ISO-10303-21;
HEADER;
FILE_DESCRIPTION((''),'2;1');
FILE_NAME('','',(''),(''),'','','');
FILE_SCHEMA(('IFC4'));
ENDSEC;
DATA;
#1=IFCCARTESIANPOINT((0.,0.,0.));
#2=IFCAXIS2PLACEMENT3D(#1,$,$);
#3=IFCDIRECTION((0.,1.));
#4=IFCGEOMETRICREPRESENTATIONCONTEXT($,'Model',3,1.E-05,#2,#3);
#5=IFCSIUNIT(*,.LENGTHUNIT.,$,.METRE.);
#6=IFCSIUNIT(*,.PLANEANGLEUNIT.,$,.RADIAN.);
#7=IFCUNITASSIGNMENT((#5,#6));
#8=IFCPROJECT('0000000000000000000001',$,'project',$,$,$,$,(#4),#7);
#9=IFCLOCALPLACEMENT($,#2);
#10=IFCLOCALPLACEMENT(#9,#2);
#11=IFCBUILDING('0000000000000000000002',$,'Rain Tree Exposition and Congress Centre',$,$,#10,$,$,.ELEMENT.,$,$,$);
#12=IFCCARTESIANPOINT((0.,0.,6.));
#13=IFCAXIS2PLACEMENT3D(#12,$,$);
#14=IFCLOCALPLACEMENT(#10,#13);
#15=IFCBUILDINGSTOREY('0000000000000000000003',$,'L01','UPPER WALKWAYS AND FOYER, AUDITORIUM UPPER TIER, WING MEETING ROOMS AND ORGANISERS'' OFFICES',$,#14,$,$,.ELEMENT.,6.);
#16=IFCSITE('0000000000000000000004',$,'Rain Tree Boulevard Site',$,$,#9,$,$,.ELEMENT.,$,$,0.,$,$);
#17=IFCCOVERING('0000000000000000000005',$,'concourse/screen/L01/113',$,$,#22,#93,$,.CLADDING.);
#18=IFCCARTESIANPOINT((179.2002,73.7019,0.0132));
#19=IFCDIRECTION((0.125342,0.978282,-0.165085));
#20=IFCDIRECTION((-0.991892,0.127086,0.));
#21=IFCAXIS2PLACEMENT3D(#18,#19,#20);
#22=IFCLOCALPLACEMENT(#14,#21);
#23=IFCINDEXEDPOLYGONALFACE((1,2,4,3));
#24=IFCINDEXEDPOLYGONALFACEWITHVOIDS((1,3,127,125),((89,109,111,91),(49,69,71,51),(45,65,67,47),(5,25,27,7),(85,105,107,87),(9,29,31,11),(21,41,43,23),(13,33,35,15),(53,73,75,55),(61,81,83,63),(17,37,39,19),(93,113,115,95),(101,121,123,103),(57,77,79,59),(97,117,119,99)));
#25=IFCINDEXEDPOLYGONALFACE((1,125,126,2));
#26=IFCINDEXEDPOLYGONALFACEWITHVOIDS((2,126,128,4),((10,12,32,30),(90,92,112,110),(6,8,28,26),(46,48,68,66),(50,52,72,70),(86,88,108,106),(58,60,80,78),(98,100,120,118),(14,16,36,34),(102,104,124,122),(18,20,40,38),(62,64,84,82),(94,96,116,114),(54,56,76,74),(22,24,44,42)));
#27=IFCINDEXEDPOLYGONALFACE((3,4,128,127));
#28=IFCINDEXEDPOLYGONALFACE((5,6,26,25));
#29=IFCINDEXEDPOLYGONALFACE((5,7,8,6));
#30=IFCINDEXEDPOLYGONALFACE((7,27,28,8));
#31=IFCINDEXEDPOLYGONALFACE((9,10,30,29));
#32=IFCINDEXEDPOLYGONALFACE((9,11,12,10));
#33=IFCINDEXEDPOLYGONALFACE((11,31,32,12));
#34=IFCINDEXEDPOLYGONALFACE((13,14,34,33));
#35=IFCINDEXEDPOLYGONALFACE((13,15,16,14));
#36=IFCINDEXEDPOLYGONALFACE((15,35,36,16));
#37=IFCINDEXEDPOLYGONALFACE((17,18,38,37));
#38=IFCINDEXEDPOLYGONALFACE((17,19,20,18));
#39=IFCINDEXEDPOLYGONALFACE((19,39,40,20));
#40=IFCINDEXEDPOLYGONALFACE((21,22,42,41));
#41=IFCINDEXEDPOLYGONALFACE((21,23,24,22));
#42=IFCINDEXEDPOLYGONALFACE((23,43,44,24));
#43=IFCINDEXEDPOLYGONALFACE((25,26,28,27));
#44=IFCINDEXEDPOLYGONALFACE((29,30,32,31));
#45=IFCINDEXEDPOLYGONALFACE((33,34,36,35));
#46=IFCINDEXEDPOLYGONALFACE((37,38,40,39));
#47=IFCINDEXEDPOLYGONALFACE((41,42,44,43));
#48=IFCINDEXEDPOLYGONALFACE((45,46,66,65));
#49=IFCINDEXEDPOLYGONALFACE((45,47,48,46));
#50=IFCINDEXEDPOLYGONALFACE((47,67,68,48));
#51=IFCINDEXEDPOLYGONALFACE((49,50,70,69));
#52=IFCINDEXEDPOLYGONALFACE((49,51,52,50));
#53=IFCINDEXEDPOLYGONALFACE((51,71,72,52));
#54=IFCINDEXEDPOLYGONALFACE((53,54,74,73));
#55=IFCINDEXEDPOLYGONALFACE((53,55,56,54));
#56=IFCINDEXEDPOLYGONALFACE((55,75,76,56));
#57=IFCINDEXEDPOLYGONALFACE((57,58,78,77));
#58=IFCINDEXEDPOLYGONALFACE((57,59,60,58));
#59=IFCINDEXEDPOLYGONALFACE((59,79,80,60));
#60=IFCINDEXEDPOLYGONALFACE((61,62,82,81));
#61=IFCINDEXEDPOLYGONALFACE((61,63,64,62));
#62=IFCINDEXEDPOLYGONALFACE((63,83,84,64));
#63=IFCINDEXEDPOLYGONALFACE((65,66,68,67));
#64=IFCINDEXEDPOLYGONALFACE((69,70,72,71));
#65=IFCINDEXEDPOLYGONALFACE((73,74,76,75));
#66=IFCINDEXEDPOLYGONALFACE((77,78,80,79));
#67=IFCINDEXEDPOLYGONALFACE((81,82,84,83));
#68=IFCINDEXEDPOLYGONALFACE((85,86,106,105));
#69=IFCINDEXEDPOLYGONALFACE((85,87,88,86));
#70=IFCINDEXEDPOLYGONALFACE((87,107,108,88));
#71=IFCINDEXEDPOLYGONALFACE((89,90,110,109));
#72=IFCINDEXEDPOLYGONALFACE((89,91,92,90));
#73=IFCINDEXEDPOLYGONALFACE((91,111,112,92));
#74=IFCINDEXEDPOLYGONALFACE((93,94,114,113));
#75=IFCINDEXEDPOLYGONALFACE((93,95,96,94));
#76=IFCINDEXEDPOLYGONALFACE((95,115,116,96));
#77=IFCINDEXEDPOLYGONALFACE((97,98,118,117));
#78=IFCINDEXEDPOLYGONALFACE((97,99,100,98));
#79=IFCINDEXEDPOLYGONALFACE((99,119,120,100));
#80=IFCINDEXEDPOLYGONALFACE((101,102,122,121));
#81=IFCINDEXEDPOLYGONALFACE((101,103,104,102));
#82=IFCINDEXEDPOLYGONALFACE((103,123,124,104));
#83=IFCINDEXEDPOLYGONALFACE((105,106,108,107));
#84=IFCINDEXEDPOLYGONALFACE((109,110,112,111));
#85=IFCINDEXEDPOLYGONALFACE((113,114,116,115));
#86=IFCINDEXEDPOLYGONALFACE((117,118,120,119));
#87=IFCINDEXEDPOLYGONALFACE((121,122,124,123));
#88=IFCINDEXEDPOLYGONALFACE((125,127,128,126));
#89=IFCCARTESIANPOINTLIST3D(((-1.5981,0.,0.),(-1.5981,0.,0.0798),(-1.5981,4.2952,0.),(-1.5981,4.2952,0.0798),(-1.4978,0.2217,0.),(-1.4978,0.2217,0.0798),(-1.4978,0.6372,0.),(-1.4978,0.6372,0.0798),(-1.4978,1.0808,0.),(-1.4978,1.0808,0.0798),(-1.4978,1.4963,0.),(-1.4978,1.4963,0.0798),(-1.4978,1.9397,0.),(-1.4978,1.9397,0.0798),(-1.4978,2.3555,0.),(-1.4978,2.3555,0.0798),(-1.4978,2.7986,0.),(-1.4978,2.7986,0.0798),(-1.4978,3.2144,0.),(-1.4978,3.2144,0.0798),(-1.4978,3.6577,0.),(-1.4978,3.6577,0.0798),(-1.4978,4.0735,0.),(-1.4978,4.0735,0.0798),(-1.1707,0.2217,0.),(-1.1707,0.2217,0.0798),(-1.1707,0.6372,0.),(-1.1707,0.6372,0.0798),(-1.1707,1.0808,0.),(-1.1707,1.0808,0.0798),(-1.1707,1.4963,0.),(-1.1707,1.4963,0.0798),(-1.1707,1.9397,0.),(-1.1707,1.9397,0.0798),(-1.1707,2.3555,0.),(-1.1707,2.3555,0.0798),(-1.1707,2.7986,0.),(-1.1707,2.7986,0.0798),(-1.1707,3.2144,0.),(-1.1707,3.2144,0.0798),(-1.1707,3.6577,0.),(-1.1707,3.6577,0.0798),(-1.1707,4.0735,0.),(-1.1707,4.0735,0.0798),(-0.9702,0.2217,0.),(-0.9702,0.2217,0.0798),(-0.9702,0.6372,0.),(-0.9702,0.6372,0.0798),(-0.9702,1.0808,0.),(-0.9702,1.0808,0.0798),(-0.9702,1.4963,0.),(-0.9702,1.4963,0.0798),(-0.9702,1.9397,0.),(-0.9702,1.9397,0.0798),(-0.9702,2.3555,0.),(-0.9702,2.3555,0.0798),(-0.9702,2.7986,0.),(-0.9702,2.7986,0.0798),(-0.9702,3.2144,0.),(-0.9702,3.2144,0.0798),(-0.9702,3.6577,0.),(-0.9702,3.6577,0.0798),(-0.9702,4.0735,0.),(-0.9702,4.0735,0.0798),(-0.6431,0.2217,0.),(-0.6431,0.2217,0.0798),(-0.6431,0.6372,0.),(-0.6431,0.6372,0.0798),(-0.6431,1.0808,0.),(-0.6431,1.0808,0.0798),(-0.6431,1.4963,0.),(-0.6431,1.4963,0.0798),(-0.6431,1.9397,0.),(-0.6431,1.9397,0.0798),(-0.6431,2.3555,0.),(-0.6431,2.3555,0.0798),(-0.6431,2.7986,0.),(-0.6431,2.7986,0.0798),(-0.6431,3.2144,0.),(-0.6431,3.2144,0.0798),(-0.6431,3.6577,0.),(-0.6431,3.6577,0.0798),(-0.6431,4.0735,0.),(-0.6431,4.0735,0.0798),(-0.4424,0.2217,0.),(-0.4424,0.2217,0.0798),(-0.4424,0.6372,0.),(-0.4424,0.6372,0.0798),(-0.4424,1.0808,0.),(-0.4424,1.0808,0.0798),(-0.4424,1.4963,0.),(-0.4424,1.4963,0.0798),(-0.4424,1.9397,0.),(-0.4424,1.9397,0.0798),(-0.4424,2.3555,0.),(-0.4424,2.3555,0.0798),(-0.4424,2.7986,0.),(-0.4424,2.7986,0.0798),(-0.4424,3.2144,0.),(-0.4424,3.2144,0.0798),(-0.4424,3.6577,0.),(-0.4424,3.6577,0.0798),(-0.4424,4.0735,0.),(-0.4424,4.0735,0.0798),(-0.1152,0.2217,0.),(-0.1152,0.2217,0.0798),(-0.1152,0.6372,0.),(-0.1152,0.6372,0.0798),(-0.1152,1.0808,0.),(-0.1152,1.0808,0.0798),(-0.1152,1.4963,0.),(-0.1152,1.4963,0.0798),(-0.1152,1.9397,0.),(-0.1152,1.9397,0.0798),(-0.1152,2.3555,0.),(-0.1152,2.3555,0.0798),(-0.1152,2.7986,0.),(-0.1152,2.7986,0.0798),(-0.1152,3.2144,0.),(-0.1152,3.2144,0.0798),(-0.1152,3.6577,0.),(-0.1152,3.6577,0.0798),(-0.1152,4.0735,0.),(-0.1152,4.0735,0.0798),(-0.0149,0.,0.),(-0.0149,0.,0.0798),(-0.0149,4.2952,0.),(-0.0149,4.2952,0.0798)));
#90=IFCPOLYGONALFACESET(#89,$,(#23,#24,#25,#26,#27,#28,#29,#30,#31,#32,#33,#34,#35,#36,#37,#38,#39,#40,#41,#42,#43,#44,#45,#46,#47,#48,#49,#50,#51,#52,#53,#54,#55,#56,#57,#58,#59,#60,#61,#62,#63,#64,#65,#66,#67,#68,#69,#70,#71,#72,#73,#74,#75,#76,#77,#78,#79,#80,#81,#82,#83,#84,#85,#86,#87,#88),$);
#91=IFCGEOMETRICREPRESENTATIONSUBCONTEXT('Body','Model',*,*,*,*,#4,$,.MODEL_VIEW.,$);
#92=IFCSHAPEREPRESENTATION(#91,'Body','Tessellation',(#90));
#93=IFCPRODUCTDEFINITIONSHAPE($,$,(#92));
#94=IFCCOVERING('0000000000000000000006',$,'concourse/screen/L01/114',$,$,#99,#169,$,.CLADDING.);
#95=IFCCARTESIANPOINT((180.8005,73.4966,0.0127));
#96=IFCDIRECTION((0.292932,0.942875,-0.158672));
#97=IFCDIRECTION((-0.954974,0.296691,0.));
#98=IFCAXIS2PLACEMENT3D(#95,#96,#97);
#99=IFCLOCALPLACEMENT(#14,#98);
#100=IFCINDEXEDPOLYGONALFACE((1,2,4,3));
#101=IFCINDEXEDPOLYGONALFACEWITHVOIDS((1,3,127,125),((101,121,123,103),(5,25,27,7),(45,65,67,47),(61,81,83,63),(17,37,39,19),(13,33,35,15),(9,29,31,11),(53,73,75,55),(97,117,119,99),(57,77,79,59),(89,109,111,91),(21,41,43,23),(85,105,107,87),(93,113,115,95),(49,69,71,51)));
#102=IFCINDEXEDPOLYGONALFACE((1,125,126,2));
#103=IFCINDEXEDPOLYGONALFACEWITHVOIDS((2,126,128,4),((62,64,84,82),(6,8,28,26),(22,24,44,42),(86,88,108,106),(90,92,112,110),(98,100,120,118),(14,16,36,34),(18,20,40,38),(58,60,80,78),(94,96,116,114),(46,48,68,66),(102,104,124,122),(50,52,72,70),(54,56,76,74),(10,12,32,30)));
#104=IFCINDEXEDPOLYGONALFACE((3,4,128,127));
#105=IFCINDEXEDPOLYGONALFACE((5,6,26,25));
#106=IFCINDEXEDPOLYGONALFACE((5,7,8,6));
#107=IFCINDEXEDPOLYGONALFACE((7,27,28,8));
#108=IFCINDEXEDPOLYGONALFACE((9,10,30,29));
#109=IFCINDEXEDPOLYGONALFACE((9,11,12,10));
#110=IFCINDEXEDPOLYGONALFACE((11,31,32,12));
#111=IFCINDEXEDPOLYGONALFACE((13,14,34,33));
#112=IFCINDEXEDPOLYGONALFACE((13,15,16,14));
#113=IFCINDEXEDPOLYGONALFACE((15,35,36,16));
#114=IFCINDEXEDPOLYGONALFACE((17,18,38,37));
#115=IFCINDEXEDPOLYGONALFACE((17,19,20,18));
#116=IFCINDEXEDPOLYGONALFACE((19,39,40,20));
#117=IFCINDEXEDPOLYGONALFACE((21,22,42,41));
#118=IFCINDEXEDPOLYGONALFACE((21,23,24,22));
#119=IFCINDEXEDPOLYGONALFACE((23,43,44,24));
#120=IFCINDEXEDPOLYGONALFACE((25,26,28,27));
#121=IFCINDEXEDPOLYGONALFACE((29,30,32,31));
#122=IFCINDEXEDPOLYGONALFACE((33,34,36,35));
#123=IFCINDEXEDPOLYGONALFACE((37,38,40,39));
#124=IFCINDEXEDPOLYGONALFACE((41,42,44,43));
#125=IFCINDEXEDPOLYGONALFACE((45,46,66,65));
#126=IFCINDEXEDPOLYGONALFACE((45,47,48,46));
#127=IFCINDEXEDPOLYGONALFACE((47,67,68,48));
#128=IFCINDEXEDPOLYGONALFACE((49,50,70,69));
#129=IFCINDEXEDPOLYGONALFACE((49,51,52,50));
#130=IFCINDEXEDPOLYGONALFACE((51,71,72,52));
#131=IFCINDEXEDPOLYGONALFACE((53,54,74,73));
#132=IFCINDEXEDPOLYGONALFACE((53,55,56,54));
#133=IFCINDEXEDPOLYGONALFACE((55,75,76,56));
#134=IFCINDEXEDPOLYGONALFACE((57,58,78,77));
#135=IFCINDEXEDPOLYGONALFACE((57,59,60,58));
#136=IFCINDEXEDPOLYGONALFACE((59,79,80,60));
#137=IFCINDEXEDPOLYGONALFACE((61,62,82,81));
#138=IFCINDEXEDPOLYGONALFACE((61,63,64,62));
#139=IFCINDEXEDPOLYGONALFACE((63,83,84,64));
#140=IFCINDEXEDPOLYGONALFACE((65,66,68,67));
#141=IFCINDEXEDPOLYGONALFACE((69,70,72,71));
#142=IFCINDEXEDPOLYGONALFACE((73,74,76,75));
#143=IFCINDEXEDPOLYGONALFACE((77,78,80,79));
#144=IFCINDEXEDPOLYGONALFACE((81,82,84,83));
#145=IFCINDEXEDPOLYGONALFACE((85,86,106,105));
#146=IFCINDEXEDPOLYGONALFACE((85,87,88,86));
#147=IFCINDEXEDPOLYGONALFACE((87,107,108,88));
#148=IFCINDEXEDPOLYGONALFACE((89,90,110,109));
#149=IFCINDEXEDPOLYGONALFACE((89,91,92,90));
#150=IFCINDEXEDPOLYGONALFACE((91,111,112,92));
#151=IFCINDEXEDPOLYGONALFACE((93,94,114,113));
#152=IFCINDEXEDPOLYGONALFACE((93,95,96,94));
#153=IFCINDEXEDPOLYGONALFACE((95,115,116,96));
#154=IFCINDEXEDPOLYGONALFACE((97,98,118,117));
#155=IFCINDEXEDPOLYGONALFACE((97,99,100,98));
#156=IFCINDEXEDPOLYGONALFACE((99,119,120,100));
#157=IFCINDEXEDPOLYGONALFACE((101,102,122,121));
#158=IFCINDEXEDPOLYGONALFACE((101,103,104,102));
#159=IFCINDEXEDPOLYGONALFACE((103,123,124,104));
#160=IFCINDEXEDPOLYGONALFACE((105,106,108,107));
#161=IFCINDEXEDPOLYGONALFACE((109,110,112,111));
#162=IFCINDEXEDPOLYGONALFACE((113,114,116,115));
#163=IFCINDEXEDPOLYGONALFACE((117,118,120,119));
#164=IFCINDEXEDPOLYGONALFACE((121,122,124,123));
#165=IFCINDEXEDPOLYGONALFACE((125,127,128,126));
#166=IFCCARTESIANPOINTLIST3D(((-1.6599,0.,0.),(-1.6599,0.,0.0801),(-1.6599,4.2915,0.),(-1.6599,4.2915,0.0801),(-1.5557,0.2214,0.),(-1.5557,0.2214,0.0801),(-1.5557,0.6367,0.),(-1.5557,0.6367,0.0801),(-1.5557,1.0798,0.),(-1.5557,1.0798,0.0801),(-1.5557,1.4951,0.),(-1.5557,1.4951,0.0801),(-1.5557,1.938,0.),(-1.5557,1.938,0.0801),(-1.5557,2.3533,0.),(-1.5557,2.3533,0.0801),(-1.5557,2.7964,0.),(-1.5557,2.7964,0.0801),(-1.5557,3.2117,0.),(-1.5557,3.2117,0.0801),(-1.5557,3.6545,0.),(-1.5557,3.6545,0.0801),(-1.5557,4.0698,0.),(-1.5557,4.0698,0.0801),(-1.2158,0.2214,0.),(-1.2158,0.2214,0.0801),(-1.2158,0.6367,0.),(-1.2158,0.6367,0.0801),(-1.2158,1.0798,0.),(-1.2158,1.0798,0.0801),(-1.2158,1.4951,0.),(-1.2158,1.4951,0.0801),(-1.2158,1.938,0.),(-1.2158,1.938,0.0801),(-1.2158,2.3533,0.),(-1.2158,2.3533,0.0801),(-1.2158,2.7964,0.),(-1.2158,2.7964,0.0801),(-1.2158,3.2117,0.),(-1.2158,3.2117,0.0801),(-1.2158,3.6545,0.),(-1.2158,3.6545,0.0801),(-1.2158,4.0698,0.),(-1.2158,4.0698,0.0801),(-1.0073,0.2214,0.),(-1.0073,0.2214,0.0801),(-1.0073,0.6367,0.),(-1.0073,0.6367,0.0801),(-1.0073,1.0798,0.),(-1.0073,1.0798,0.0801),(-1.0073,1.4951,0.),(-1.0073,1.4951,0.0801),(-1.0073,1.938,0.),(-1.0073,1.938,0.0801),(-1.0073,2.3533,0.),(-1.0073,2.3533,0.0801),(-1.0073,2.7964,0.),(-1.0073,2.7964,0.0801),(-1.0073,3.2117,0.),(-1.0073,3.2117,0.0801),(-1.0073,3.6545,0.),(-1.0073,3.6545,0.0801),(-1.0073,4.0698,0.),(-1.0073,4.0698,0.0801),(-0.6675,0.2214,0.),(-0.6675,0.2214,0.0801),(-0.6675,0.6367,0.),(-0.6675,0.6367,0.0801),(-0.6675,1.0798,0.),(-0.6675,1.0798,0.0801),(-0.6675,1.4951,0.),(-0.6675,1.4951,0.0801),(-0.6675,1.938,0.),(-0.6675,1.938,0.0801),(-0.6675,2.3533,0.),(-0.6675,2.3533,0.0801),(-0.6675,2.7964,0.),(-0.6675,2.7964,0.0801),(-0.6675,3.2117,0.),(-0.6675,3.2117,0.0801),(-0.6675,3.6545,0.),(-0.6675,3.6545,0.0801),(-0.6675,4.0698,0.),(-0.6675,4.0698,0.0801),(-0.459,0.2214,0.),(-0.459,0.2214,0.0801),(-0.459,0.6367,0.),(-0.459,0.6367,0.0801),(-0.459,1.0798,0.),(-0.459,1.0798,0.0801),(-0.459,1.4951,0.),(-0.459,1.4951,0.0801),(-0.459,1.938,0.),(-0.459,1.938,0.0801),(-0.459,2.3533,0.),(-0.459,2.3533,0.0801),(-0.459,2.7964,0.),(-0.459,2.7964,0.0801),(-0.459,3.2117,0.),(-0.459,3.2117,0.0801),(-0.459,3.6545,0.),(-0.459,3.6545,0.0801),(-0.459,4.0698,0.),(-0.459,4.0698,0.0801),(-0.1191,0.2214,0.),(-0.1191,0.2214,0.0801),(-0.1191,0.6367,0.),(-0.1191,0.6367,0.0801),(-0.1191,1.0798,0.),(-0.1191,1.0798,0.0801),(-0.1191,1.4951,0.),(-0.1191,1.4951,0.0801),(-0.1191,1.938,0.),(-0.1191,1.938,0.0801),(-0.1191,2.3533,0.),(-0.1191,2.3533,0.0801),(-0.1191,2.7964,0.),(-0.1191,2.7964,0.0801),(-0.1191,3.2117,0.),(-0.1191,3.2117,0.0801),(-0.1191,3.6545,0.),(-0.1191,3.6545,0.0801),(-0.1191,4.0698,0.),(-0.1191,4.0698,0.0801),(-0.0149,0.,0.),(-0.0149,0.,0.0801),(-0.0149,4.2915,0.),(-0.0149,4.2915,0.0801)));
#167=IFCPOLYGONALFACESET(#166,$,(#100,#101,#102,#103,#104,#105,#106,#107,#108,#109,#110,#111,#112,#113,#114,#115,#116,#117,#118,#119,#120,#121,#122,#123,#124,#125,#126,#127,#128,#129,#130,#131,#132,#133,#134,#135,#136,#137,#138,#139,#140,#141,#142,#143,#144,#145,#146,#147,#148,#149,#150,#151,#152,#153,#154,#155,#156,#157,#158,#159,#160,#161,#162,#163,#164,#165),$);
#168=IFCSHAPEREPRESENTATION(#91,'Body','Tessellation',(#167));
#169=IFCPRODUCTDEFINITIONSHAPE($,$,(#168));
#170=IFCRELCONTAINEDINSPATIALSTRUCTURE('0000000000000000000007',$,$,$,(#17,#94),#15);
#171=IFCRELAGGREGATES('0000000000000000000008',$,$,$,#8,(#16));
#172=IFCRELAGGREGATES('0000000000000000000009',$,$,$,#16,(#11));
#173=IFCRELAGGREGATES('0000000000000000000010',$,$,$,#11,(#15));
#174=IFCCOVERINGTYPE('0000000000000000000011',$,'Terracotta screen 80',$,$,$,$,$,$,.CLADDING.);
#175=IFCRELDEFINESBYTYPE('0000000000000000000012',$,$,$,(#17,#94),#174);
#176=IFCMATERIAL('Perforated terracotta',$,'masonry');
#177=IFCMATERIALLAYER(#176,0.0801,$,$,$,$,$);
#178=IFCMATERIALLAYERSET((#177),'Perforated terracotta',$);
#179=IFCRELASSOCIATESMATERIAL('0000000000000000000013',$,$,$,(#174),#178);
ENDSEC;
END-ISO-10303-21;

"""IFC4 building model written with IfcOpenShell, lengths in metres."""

from ifc_helpers import new_model, si_unit, direction, frame, origin, place, context, subcontext, project, spatial, polyline, outline, extrude, material, layer, layer_set, type_object, element, save


model = new_model("IFC4")

# Units and contexts
model_context = context("Model", 3, precision=1e-05, world=origin(), true_north=direction((0.0, 1.0)))
body_context = subcontext(model_context, "Body", "Model", "MODEL_VIEW")
ifc_project = project(units=[si_unit("LENGTHUNIT", "METRE"), si_unit("PLANEANGLEUNIT", "RADIAN")], contexts=[model_context])

# Site, building, storey
site_placement = place(None, origin())
site = spatial("IfcSite", under=ifc_project, at=site_placement, Name="Rain Tree Boulevard Site", CompositionType="ELEMENT", RefElevation=0.0)
building_placement = place(site_placement, origin())
building = spatial("IfcBuilding", under=site, at=building_placement, Name="Rain Tree Exposition and Congress Centre", CompositionType="ELEMENT")
storey_placement = place(building_placement, frame((0.0, 0.0, 6.0)))
storey = spatial("IfcBuildingStorey", under=building, at=storey_placement, Name="L01", Description="UPPER WALKWAYS AND FOYER, AUDITORIUM UPPER TIER, WING MEETING ROOMS AND ORGANISERS' OFFICES", CompositionType="ELEMENT", Elevation=6.0)

# Coverings
ifc_material_1 = material(Name="Perforated terracotta", Category="masonry")
ifc_layer_1 = layer(ifc_material_1, 0.0801)
ifc_layer_set_1 = layer_set([ifc_layer_1], Name="Perforated terracotta")
covering_type = type_object("IfcCoveringType", Name="Terracotta screen 80", PredefinedType="CLADDING", material=ifc_layer_set_1)
covering_1_placement = place(storey_placement, frame((179.2002, 73.7019, 0.0132), z_axis=(0.125342, 0.978282, -0.165085), x_axis=(-0.991892, 0.127086, 0.0)))
element("IfcCovering", 1, at=covering_1_placement, inside=storey, type_object=covering_type, Name="concourse/screen/L01/113", PredefinedType="CLADDING", context=body_context, shape_type="SweptSolid", body=[
    extrude(outline(polyline([(-1.5981, 0.0), (-1.5981, 4.2952), (-0.0149, 4.2952), (-0.0149, 0.0), (-1.5981, 0.0)]), holes=[polyline([(-0.1152, 0.2217), (-0.1152, 0.6372), (-0.4424, 0.6372), (-0.4424, 0.2217), (-0.1152, 0.2217)]), polyline([(-0.1152, 1.0808), (-0.1152, 1.4963), (-0.4424, 1.4963), (-0.4424, 1.0808), (-0.1152, 1.0808)]), polyline([(-0.1152, 1.9397), (-0.1152, 2.3555), (-0.4424, 2.3555), (-0.4424, 1.9397), (-0.1152, 1.9397)]), polyline([(-0.1152, 2.7986), (-0.1152, 3.2144), (-0.4424, 3.2144), (-0.4424, 2.7986), (-0.1152, 2.7986)]), polyline([(-0.1152, 3.6577), (-0.1152, 4.0735), (-0.4424, 4.0735), (-0.4424, 3.6577), (-0.1152, 3.6577)]), polyline([(-0.6431, 0.2217), (-0.6431, 0.6372), (-0.9702, 0.6372), (-0.9702, 0.2217), (-0.6431, 0.2217)]), polyline([(-0.6431, 1.0808), (-0.6431, 1.4963), (-0.9702, 1.4963), (-0.9702, 1.0808), (-0.6431, 1.0808)]), polyline([(-0.6431, 1.9397), (-0.6431, 2.3555), (-0.9702, 2.3555), (-0.9702, 1.9397), (-0.6431, 1.9397)]), polyline([(-0.6431, 2.7986), (-0.6431, 3.2144), (-0.9702, 3.2144), (-0.9702, 2.7986), (-0.6431, 2.7986)]), polyline([(-0.6431, 3.6577), (-0.6431, 4.0735), (-0.9702, 4.0735), (-0.9702, 3.6577), (-0.6431, 3.6577)]), polyline([(-1.1707, 0.2217), (-1.1707, 0.6372), (-1.4978, 0.6372), (-1.4978, 0.2217), (-1.1707, 0.2217)]), polyline([(-1.1707, 1.0808), (-1.1707, 1.4963), (-1.4978, 1.4963), (-1.4978, 1.0808), (-1.1707, 1.0808)]), polyline([(-1.1707, 1.9397), (-1.1707, 2.3555), (-1.4978, 2.3555), (-1.4978, 1.9397), (-1.1707, 1.9397)]), polyline([(-1.1707, 2.7986), (-1.1707, 3.2144), (-1.4978, 3.2144), (-1.4978, 2.7986), (-1.1707, 2.7986)]), polyline([(-1.1707, 3.6577), (-1.1707, 4.0735), (-1.4978, 4.0735), (-1.4978, 3.6577), (-1.1707, 3.6577)])]), origin(), (0.0, 0.0, 1.0), 0.0798),
])
covering_2_placement = place(storey_placement, frame((180.8005, 73.4966, 0.0127), z_axis=(0.292932, 0.942875, -0.158672), x_axis=(-0.954974, 0.296691, 0.0)))
element("IfcCovering", 2, at=covering_2_placement, inside=storey, type_object=covering_type, Name="concourse/screen/L01/114", PredefinedType="CLADDING", context=body_context, shape_type="SweptSolid", body=[
    extrude(outline(polyline([(-1.6599, 0.0), (-1.6599, 4.2915), (-0.0149, 4.2915), (-0.0149, 0.0), (-1.6599, 0.0)]), holes=[polyline([(-0.1191, 0.2214), (-0.1191, 0.6367), (-0.459, 0.6367), (-0.459, 0.2214), (-0.1191, 0.2214)]), polyline([(-0.1191, 1.0798), (-0.1191, 1.4951), (-0.459, 1.4951), (-0.459, 1.0798), (-0.1191, 1.0798)]), polyline([(-0.1191, 1.938), (-0.1191, 2.3533), (-0.459, 2.3533), (-0.459, 1.938), (-0.1191, 1.938)]), polyline([(-0.1191, 2.7964), (-0.1191, 3.2117), (-0.459, 3.2117), (-0.459, 2.7964), (-0.1191, 2.7964)]), polyline([(-0.1191, 3.6545), (-0.1191, 4.0698), (-0.459, 4.0698), (-0.459, 3.6545), (-0.1191, 3.6545)]), polyline([(-0.6675, 0.2214), (-0.6675, 0.6367), (-1.0073, 0.6367), (-1.0073, 0.2214), (-0.6675, 0.2214)]), polyline([(-0.6675, 1.0798), (-0.6675, 1.4951), (-1.0073, 1.4951), (-1.0073, 1.0798), (-0.6675, 1.0798)]), polyline([(-0.6675, 1.938), (-0.6675, 2.3533), (-1.0073, 2.3533), (-1.0073, 1.938), (-0.6675, 1.938)]), polyline([(-0.6675, 2.7964), (-0.6675, 3.2117), (-1.0073, 3.2117), (-1.0073, 2.7964), (-0.6675, 2.7964)]), polyline([(-0.6675, 3.6545), (-0.6675, 4.0698), (-1.0073, 4.0698), (-1.0073, 3.6545), (-0.6675, 3.6545)]), polyline([(-1.2158, 0.2214), (-1.2158, 0.6367), (-1.5557, 0.6367), (-1.5557, 0.2214), (-1.2158, 0.2214)]), polyline([(-1.2158, 1.0798), (-1.2158, 1.4951), (-1.5557, 1.4951), (-1.5557, 1.0798), (-1.2158, 1.0798)]), polyline([(-1.2158, 1.938), (-1.2158, 2.3533), (-1.5557, 2.3533), (-1.5557, 1.938), (-1.2158, 1.938)]), polyline([(-1.2158, 2.7964), (-1.2158, 3.2117), (-1.5557, 3.2117), (-1.5557, 2.7964), (-1.2158, 2.7964)]), polyline([(-1.2158, 3.6545), (-1.2158, 4.0698), (-1.5557, 4.0698), (-1.5557, 3.6545), (-1.2158, 3.6545)])]), origin(), (0.0, 0.0, 1.0), 0.0801),
])

save(model, "model.ifc")
